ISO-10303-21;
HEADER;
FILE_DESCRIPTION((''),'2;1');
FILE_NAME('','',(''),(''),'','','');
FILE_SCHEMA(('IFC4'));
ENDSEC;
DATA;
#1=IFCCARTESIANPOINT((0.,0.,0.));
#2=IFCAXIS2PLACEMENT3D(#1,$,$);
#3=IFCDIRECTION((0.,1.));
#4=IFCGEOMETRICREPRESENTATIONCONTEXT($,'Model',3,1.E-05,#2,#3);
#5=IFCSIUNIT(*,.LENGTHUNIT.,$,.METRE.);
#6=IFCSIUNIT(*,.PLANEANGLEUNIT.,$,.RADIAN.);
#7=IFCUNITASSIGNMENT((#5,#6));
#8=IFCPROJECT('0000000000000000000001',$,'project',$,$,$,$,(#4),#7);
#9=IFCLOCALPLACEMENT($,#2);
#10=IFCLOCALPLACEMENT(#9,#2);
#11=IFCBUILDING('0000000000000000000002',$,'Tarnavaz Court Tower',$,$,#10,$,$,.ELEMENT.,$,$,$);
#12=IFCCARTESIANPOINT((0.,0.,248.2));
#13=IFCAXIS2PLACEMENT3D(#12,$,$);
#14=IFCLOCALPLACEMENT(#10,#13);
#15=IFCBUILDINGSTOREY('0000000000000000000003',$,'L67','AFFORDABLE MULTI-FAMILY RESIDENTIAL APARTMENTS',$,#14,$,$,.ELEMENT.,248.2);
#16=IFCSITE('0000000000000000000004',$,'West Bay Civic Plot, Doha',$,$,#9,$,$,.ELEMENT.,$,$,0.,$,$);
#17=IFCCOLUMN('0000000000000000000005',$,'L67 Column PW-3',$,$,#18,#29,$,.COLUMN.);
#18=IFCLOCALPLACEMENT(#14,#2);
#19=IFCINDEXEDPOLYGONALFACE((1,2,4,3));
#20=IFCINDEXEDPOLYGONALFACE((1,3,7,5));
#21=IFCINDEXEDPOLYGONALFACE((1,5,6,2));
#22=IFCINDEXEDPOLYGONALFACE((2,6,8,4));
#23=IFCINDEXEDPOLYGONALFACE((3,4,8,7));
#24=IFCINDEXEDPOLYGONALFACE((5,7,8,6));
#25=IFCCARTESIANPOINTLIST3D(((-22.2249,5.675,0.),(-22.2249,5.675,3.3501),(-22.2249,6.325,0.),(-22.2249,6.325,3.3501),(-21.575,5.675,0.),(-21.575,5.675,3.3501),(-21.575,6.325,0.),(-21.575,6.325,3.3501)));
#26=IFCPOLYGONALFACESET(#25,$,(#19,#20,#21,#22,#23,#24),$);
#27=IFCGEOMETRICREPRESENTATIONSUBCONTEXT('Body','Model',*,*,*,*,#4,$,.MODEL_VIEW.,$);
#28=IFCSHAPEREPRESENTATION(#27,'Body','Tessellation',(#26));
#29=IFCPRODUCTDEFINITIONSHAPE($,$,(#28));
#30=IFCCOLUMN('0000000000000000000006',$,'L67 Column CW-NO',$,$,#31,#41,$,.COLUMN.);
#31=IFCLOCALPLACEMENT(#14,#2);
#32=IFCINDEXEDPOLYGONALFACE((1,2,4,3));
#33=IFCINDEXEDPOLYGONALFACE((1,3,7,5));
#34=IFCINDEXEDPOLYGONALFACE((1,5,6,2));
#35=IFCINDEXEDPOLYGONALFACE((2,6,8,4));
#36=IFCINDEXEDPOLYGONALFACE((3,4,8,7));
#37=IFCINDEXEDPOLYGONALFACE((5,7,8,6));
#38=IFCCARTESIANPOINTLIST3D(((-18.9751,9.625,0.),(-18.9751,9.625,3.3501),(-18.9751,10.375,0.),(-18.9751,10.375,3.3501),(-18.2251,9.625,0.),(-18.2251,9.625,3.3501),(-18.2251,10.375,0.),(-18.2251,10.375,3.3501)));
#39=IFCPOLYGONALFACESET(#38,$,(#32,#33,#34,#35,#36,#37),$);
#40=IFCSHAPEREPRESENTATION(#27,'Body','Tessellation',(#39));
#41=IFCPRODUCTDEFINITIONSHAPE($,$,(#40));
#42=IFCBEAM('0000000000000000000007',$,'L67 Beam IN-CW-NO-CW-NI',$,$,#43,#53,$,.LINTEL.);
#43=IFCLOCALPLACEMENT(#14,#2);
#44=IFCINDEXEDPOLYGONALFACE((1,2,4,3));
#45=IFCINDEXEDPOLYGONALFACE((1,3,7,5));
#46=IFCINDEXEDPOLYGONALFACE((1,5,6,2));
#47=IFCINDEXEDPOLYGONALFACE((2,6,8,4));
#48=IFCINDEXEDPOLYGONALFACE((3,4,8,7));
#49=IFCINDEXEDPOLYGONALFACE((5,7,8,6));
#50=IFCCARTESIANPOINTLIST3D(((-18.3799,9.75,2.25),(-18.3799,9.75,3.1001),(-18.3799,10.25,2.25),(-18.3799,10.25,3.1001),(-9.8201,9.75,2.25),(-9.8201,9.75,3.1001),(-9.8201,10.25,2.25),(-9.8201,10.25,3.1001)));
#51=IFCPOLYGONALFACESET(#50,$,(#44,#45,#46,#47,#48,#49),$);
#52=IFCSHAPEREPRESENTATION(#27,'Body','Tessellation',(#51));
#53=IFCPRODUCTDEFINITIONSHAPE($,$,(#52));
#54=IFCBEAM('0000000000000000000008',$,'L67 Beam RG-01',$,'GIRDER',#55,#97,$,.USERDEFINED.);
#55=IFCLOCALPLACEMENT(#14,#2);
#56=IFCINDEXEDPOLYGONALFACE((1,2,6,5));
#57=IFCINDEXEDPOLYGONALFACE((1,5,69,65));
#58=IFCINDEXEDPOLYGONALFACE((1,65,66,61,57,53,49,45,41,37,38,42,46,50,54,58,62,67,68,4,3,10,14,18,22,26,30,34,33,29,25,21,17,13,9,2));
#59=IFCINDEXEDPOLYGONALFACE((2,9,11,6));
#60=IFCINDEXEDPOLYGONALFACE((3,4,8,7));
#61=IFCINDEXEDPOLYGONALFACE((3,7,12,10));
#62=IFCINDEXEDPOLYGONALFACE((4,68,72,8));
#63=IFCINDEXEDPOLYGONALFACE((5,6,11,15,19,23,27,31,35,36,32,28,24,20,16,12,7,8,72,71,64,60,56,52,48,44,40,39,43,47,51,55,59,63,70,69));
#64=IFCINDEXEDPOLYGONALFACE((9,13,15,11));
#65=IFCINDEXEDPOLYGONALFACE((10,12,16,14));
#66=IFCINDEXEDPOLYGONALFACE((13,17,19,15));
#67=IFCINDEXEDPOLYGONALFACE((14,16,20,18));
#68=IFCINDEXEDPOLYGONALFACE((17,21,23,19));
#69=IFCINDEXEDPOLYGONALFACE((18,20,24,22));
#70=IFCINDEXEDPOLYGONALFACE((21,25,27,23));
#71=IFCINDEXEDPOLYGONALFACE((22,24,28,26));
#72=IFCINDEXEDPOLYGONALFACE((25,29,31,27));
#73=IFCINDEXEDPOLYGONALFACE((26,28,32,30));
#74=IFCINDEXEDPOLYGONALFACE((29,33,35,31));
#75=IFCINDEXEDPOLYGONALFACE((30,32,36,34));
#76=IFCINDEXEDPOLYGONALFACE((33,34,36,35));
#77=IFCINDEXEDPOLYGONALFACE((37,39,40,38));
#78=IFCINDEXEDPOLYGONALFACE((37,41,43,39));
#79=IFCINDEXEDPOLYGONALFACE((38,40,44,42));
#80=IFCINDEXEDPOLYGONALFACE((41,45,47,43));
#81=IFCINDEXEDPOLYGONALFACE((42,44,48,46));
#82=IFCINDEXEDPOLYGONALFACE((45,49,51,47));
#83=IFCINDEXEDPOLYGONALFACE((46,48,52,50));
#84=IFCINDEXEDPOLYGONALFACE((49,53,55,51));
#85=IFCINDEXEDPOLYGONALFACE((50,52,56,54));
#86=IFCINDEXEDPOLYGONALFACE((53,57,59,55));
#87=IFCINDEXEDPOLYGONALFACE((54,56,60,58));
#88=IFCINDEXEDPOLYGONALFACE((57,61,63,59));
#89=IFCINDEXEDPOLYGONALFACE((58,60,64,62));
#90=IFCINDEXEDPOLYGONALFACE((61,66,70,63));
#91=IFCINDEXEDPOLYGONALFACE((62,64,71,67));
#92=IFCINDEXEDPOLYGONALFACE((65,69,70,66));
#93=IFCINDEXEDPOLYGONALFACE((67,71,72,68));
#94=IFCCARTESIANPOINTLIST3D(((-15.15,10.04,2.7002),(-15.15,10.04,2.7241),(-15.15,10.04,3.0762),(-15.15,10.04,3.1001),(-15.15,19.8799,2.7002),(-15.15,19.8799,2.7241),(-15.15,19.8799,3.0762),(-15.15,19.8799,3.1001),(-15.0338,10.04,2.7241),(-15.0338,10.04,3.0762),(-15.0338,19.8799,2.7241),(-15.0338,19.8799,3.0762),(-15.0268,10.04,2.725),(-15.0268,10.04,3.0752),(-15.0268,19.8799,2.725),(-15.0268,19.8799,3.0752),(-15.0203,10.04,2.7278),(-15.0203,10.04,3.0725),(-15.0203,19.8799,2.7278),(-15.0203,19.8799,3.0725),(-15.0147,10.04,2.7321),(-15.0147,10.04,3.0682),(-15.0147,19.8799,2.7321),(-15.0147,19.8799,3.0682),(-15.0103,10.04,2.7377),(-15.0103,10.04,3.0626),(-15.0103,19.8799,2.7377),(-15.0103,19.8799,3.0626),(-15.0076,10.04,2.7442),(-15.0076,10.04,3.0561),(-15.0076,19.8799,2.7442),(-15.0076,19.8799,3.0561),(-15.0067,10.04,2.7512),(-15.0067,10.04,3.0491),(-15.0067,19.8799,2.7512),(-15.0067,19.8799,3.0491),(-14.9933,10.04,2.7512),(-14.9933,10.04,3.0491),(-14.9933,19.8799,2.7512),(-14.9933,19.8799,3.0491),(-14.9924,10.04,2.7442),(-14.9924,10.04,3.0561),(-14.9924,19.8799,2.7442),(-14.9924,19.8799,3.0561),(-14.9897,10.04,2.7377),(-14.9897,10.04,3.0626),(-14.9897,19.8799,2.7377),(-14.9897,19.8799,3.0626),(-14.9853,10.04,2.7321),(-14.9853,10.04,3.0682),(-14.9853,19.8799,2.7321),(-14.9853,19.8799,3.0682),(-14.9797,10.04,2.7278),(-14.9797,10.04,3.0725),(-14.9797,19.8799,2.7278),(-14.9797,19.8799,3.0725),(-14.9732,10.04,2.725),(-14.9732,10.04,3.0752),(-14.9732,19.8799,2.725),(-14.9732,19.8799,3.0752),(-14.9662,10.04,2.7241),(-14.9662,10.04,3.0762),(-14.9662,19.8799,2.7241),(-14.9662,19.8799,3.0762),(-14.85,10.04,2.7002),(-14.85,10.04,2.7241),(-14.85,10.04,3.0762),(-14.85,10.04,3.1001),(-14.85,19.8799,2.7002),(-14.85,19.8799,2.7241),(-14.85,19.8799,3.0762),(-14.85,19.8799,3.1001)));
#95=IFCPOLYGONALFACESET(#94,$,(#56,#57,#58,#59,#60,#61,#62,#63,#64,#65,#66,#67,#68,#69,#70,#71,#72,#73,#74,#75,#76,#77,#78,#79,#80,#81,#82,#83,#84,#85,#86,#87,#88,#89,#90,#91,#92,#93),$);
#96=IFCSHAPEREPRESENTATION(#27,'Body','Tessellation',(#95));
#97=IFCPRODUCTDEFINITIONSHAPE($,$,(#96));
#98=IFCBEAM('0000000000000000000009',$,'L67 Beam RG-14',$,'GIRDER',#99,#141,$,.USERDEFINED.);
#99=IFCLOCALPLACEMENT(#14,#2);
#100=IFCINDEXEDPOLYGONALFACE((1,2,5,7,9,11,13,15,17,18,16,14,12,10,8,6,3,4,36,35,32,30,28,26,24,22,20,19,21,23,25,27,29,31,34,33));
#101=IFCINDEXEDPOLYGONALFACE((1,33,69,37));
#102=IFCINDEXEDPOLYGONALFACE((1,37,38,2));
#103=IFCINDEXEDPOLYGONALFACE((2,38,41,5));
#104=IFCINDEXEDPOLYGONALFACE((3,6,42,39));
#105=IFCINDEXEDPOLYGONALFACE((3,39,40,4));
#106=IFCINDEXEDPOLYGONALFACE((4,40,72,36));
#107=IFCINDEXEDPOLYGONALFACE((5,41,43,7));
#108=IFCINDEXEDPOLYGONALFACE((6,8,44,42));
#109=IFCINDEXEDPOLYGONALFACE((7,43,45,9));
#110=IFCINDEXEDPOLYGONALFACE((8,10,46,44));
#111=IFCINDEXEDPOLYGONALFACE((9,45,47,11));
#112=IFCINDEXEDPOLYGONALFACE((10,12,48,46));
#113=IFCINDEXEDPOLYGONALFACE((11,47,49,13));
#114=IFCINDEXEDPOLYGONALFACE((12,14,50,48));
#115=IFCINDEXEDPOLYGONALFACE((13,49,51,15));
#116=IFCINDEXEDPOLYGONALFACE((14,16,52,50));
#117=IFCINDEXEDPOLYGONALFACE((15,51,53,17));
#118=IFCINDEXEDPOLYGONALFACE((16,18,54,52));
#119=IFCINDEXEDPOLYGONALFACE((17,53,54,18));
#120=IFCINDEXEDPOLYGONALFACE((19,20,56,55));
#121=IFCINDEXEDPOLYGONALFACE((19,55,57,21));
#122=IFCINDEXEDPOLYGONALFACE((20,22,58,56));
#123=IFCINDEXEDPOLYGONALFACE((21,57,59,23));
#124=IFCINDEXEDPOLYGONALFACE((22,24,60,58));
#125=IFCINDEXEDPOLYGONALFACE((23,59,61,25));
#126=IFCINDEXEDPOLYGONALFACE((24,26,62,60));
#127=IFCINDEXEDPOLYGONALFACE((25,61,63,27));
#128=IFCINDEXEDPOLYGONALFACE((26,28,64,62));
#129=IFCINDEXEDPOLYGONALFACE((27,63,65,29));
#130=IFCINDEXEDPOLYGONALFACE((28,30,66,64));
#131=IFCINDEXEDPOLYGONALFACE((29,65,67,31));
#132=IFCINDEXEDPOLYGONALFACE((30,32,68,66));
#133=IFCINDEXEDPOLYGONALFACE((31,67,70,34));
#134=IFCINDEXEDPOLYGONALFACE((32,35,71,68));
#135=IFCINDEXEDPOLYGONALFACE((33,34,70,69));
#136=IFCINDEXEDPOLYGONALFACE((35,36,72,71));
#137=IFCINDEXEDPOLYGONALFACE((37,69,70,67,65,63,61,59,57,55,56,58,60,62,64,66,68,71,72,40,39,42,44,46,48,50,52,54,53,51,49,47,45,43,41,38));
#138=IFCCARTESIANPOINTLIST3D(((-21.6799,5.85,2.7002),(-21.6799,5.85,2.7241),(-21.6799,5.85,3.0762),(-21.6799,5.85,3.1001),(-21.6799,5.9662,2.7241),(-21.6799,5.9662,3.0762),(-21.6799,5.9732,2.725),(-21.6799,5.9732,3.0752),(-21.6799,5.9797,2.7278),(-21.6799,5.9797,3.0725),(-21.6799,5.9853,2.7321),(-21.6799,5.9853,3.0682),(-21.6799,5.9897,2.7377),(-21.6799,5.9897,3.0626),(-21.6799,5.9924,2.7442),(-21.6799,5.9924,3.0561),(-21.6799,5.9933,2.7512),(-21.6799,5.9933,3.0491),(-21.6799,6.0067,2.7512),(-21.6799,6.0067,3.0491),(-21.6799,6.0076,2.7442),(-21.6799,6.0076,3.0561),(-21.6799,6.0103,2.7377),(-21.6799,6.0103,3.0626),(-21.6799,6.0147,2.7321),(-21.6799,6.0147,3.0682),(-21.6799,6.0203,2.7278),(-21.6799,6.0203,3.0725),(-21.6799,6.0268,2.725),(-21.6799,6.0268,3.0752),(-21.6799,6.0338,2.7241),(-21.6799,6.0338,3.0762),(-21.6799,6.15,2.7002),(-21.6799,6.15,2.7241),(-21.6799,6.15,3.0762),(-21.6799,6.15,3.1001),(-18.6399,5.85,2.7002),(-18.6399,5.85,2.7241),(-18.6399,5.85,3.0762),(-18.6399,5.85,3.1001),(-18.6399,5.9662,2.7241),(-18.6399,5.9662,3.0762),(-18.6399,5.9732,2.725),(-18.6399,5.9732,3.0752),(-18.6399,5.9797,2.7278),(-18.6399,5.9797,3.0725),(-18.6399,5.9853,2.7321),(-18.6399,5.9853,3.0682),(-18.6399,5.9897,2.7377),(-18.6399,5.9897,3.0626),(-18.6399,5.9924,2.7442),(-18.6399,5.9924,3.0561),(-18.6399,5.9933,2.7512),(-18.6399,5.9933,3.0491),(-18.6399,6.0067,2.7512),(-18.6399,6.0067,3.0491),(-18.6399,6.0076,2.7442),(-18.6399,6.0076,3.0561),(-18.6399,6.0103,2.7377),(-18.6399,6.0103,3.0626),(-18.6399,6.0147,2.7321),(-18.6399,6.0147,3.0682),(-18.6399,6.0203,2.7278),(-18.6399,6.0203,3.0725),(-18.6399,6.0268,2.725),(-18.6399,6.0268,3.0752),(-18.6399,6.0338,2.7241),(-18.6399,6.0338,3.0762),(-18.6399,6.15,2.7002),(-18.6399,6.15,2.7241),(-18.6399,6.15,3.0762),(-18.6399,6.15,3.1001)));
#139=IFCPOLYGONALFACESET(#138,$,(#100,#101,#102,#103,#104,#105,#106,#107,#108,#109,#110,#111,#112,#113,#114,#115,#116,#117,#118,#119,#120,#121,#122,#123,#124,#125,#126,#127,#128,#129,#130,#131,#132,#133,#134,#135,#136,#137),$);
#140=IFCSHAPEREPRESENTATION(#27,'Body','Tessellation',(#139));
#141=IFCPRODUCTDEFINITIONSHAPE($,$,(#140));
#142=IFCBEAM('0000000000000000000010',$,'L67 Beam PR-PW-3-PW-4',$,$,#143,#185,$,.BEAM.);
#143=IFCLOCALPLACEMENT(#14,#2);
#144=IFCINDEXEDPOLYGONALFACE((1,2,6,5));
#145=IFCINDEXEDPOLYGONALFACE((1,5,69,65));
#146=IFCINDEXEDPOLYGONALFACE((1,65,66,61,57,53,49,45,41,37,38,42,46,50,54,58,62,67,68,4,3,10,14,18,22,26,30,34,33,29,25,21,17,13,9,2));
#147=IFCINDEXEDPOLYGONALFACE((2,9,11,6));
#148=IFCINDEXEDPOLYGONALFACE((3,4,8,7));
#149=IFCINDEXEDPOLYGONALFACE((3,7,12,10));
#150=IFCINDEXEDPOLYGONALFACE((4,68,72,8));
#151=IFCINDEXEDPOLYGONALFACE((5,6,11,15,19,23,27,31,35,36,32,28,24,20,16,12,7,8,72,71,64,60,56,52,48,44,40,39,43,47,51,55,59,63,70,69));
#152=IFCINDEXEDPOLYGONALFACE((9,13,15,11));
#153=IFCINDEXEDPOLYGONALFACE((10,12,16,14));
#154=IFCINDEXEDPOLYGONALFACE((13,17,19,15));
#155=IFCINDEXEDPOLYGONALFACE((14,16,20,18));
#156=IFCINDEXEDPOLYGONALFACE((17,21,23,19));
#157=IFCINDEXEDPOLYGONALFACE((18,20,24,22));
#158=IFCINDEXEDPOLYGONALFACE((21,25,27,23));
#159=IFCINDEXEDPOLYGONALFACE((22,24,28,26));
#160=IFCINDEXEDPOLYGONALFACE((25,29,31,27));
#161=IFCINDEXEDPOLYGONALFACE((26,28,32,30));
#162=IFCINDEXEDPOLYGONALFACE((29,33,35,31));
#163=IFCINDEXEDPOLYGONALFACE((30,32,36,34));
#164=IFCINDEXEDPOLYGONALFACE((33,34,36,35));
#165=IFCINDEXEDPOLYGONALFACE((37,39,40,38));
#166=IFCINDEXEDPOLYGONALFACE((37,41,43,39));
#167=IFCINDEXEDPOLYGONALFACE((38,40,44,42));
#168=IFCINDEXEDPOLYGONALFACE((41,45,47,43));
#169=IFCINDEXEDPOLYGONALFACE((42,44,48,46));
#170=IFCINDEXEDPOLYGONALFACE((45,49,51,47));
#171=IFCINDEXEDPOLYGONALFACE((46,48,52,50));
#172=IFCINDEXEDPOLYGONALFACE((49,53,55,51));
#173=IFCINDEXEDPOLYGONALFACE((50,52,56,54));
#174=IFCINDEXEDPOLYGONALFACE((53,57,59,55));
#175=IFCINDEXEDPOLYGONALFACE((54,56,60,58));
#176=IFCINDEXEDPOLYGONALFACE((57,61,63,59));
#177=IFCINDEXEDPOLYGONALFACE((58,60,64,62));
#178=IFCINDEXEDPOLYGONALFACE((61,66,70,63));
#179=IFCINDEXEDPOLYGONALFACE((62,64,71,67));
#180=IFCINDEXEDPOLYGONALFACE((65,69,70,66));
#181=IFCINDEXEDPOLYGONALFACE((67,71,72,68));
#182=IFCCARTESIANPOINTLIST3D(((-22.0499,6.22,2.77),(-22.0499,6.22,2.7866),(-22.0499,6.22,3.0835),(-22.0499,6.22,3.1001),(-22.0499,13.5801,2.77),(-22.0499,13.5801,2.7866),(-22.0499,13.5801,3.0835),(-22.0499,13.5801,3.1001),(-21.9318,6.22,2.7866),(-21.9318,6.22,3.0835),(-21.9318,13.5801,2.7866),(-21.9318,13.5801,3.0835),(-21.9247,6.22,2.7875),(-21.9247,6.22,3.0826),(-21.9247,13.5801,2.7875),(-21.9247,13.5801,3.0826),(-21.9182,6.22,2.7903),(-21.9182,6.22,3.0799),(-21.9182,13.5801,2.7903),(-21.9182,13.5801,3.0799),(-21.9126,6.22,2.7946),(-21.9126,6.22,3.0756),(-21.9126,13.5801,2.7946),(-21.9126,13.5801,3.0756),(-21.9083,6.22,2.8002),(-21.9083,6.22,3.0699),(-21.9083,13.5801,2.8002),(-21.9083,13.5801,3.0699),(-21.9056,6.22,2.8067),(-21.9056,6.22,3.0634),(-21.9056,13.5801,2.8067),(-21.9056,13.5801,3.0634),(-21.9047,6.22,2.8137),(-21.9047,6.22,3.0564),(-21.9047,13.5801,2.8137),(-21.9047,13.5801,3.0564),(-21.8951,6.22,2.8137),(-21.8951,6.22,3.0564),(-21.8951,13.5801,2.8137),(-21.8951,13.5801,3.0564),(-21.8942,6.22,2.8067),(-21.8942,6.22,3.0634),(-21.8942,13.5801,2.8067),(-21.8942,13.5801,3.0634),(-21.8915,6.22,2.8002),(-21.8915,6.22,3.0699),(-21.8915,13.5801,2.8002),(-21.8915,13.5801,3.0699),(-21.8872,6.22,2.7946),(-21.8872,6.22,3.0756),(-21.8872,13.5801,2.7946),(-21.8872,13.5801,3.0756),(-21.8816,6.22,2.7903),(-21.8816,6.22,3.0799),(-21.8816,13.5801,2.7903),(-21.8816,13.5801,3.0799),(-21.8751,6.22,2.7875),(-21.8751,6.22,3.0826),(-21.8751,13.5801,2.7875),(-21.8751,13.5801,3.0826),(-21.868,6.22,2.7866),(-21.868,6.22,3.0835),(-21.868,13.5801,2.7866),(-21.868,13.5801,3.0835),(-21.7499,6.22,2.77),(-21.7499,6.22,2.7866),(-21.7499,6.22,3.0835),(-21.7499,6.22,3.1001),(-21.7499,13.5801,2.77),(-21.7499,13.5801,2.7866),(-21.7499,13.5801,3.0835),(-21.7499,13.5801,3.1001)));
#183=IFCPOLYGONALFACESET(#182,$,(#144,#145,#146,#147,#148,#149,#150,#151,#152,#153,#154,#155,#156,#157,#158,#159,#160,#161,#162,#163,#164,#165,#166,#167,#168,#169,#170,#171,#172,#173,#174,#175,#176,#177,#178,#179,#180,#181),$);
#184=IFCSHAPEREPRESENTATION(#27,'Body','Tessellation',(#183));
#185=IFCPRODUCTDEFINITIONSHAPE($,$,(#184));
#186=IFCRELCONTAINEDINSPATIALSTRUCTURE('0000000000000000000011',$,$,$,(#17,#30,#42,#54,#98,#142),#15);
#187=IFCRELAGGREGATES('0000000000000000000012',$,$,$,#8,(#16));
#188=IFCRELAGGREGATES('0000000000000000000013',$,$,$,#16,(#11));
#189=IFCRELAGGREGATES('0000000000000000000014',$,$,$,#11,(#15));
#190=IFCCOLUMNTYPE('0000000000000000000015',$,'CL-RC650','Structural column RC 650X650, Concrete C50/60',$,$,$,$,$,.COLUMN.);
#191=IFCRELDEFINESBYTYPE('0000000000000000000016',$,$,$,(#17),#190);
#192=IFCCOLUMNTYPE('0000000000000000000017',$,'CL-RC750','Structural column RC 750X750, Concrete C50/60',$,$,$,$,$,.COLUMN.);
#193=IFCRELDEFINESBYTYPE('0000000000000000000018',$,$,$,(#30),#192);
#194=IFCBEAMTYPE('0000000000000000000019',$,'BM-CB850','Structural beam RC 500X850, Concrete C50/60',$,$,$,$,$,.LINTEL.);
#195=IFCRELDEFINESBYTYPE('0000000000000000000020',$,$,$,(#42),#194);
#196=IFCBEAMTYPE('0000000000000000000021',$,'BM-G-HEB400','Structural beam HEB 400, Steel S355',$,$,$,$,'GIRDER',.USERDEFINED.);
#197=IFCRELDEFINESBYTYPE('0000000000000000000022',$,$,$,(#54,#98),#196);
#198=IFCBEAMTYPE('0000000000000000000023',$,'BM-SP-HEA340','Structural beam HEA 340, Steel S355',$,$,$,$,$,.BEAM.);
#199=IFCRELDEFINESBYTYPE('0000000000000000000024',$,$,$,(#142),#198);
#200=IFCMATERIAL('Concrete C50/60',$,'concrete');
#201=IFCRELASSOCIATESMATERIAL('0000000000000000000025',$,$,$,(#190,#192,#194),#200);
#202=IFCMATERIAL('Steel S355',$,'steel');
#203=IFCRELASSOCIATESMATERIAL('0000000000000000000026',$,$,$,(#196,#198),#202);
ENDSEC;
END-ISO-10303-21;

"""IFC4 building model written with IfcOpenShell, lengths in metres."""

from ifc_helpers import new_model, si_unit, direction, frame, origin, origin_2d, place, context, subcontext, project, spatial, rectangle, i_section, extrude, material, material_profile, profile_set, type_object, element, save


model = new_model("IFC4")

# Units and contexts
model_context = context("Model", 3, precision=1e-05, world=origin(), true_north=direction((0.0, 1.0)))
body_context = subcontext(model_context, "Body", "Model", "MODEL_VIEW")
ifc_project = project(units=[si_unit("LENGTHUNIT", "METRE"), si_unit("PLANEANGLEUNIT", "RADIAN")], contexts=[model_context])

# Site, building, storey
site_placement = place(None, origin())
site = spatial("IfcSite", under=ifc_project, at=site_placement, Name="West Bay Civic Plot, Doha", CompositionType="ELEMENT", RefElevation=0.0)
building_placement = place(site_placement, origin())
building = spatial("IfcBuilding", under=site, at=building_placement, Name="Tarnavaz Court Tower", CompositionType="ELEMENT")
storey_placement = place(building_placement, frame((0.0, 0.0, 248.2)))
storey = spatial("IfcBuildingStorey", under=building, at=storey_placement, Name="L67", Description="AFFORDABLE MULTI-FAMILY RESIDENTIAL APARTMENTS", CompositionType="ELEMENT", Elevation=248.2)

# Columns
ifc_material_1 = material(Name="Concrete C50/60", Category="concrete")
ifc_material_profile_1 = material_profile(ifc_material_1, rectangle(XDim=0.6499, YDim=0.6499, at=origin_2d()), Name="RC 650X650")
ifc_profile_set_1 = profile_set([ifc_material_profile_1], Name="Concrete C50/60")
column_type_1 = type_object("IfcColumnType", Name="CL-RC650", Description="Structural column RC 650X650, Concrete C50/60", PredefinedType="COLUMN", material=ifc_profile_set_1)
column_1_placement = place(storey_placement, frame((-21.8999, 6.0, 0.0), z_axis=(0.0, 0.0, 1.0), x_axis=(1.0, 0.0, 0.0)))
element("IfcColumn", 1, at=column_1_placement, inside=storey, type_object=column_type_1, Name="L67 Column PW-3", PredefinedType="COLUMN", context=body_context, shape_type="SweptSolid", body=[
    extrude(rectangle(XDim=0.6499, YDim=0.6499, at=origin_2d()), origin(), (0.0, 0.0, 1.0), 3.3501),
])
ifc_material_profile_2 = material_profile(ifc_material_1, rectangle(XDim=0.75, YDim=0.75, at=origin_2d()), Name="RC 750X750")
ifc_profile_set_2 = profile_set([ifc_material_profile_2], Name="Concrete C50/60")
column_type_2 = type_object("IfcColumnType", Name="CL-RC750", Description="Structural column RC 750X750, Concrete C50/60", PredefinedType="COLUMN", material=ifc_profile_set_2)
column_2_placement = place(storey_placement, frame((-18.6001, 10.0, 0.0), z_axis=(0.0, 0.0, 1.0), x_axis=(1.0, 0.0, 0.0)))
element("IfcColumn", 2, at=column_2_placement, inside=storey, type_object=column_type_2, Name="L67 Column CW-NO", PredefinedType="COLUMN", context=body_context, shape_type="SweptSolid", body=[
    extrude(rectangle(XDim=0.75, YDim=0.75, at=origin_2d()), origin(), (0.0, 0.0, 1.0), 3.3501),
])

# Beams
ifc_material_profile_3 = material_profile(ifc_material_1, rectangle(XDim=0.5, YDim=0.8501, at=origin_2d()), Name="RC 500X850")
ifc_profile_set_3 = profile_set([ifc_material_profile_3], Name="Concrete C50/60")
beam_type_1 = type_object("IfcBeamType", Name="BM-CB850", Description="Structural beam RC 500X850, Concrete C50/60", PredefinedType="LINTEL", material=ifc_profile_set_3)
beam_1_placement = place(storey_placement, frame((-18.3799, 10.0, 2.675), z_axis=(1.0, 0.0, 0.0), x_axis=(0.0, 1.0, 0.0)))
element("IfcBeam", 3, at=beam_1_placement, inside=storey, type_object=beam_type_1, Name="L67 Beam IN-CW-NO-CW-NI", PredefinedType="LINTEL", context=body_context, shape_type="SweptSolid", body=[
    extrude(rectangle(XDim=0.5, YDim=0.8501, at=origin_2d()), origin(), (0.0, 0.0, 1.0), 8.5598),
])
ifc_material_2 = material(Name="Steel S355", Category="steel")
ifc_material_profile_4 = material_profile(ifc_material_2, i_section(OverallWidth=0.3, OverallDepth=0.3999, WebThickness=0.0134, FlangeThickness=0.0239, FilletRadius=0.0271, at=origin_2d()), Name="HEB 400")
ifc_profile_set_4 = profile_set([ifc_material_profile_4], Name="Steel S355")
beam_type_2 = type_object("IfcBeamType", Name="BM-G-HEB400", Description="Structural beam HEB 400, Steel S355", ElementType="GIRDER", PredefinedType="USERDEFINED", material=ifc_profile_set_4)
beam_2_placement = place(storey_placement, frame((-15.0, 10.04, 2.9001), z_axis=(0.0, 1.0, 0.0), x_axis=(-1.0, 0.0, 0.0)))
element("IfcBeam", 4, at=beam_2_placement, inside=storey, type_object=beam_type_2, Name="L67 Beam RG-01", ObjectType="GIRDER", PredefinedType="USERDEFINED", context=body_context, shape_type="SweptSolid", body=[
    extrude(i_section(OverallWidth=0.3, OverallDepth=0.3999, WebThickness=0.0134, FlangeThickness=0.0239, FilletRadius=0.0271, at=origin_2d()), origin(), (0.0, 0.0, 1.0), 9.8398),
])
beam_3_placement = place(storey_placement, frame((-18.6399, 6.0, 2.9001), z_axis=(-1.0, 0.0, 0.0), x_axis=(0.0, -1.0, 0.0)))
element("IfcBeam", 5, at=beam_3_placement, inside=storey, type_object=beam_type_2, Name="L67 Beam RG-14", ObjectType="GIRDER", PredefinedType="USERDEFINED", context=body_context, shape_type="SweptSolid", body=[
    extrude(i_section(OverallWidth=0.3, OverallDepth=0.3999, WebThickness=0.0134, FlangeThickness=0.0239, FilletRadius=0.0271, at=origin_2d()), origin(), (0.0, 0.0, 1.0), 3.04),
])
ifc_material_profile_5 = material_profile(ifc_material_2, i_section(OverallWidth=0.3, OverallDepth=0.3301, WebThickness=0.0095, FlangeThickness=0.0166, FilletRadius=0.0271, at=origin_2d()), Name="HEA 340")
ifc_profile_set_5 = profile_set([ifc_material_profile_5], Name="Steel S355")
beam_type_3 = type_object("IfcBeamType", Name="BM-SP-HEA340", Description="Structural beam HEA 340, Steel S355", PredefinedType="BEAM", material=ifc_profile_set_5)
beam_4_placement = place(storey_placement, frame((-21.8999, 6.22, 2.9351), z_axis=(0.0, 1.0, 0.0), x_axis=(-1.0, 0.0, 0.0)))
element("IfcBeam", 6, at=beam_4_placement, inside=storey, type_object=beam_type_3, Name="L67 Beam PR-PW-3-PW-4", PredefinedType="BEAM", context=body_context, shape_type="SweptSolid", body=[
    extrude(i_section(OverallWidth=0.3, OverallDepth=0.3301, WebThickness=0.0095, FlangeThickness=0.0166, FilletRadius=0.0271, at=origin_2d()), origin(), (0.0, 0.0, 1.0), 7.3601),
])

save(model, "model.ifc")
